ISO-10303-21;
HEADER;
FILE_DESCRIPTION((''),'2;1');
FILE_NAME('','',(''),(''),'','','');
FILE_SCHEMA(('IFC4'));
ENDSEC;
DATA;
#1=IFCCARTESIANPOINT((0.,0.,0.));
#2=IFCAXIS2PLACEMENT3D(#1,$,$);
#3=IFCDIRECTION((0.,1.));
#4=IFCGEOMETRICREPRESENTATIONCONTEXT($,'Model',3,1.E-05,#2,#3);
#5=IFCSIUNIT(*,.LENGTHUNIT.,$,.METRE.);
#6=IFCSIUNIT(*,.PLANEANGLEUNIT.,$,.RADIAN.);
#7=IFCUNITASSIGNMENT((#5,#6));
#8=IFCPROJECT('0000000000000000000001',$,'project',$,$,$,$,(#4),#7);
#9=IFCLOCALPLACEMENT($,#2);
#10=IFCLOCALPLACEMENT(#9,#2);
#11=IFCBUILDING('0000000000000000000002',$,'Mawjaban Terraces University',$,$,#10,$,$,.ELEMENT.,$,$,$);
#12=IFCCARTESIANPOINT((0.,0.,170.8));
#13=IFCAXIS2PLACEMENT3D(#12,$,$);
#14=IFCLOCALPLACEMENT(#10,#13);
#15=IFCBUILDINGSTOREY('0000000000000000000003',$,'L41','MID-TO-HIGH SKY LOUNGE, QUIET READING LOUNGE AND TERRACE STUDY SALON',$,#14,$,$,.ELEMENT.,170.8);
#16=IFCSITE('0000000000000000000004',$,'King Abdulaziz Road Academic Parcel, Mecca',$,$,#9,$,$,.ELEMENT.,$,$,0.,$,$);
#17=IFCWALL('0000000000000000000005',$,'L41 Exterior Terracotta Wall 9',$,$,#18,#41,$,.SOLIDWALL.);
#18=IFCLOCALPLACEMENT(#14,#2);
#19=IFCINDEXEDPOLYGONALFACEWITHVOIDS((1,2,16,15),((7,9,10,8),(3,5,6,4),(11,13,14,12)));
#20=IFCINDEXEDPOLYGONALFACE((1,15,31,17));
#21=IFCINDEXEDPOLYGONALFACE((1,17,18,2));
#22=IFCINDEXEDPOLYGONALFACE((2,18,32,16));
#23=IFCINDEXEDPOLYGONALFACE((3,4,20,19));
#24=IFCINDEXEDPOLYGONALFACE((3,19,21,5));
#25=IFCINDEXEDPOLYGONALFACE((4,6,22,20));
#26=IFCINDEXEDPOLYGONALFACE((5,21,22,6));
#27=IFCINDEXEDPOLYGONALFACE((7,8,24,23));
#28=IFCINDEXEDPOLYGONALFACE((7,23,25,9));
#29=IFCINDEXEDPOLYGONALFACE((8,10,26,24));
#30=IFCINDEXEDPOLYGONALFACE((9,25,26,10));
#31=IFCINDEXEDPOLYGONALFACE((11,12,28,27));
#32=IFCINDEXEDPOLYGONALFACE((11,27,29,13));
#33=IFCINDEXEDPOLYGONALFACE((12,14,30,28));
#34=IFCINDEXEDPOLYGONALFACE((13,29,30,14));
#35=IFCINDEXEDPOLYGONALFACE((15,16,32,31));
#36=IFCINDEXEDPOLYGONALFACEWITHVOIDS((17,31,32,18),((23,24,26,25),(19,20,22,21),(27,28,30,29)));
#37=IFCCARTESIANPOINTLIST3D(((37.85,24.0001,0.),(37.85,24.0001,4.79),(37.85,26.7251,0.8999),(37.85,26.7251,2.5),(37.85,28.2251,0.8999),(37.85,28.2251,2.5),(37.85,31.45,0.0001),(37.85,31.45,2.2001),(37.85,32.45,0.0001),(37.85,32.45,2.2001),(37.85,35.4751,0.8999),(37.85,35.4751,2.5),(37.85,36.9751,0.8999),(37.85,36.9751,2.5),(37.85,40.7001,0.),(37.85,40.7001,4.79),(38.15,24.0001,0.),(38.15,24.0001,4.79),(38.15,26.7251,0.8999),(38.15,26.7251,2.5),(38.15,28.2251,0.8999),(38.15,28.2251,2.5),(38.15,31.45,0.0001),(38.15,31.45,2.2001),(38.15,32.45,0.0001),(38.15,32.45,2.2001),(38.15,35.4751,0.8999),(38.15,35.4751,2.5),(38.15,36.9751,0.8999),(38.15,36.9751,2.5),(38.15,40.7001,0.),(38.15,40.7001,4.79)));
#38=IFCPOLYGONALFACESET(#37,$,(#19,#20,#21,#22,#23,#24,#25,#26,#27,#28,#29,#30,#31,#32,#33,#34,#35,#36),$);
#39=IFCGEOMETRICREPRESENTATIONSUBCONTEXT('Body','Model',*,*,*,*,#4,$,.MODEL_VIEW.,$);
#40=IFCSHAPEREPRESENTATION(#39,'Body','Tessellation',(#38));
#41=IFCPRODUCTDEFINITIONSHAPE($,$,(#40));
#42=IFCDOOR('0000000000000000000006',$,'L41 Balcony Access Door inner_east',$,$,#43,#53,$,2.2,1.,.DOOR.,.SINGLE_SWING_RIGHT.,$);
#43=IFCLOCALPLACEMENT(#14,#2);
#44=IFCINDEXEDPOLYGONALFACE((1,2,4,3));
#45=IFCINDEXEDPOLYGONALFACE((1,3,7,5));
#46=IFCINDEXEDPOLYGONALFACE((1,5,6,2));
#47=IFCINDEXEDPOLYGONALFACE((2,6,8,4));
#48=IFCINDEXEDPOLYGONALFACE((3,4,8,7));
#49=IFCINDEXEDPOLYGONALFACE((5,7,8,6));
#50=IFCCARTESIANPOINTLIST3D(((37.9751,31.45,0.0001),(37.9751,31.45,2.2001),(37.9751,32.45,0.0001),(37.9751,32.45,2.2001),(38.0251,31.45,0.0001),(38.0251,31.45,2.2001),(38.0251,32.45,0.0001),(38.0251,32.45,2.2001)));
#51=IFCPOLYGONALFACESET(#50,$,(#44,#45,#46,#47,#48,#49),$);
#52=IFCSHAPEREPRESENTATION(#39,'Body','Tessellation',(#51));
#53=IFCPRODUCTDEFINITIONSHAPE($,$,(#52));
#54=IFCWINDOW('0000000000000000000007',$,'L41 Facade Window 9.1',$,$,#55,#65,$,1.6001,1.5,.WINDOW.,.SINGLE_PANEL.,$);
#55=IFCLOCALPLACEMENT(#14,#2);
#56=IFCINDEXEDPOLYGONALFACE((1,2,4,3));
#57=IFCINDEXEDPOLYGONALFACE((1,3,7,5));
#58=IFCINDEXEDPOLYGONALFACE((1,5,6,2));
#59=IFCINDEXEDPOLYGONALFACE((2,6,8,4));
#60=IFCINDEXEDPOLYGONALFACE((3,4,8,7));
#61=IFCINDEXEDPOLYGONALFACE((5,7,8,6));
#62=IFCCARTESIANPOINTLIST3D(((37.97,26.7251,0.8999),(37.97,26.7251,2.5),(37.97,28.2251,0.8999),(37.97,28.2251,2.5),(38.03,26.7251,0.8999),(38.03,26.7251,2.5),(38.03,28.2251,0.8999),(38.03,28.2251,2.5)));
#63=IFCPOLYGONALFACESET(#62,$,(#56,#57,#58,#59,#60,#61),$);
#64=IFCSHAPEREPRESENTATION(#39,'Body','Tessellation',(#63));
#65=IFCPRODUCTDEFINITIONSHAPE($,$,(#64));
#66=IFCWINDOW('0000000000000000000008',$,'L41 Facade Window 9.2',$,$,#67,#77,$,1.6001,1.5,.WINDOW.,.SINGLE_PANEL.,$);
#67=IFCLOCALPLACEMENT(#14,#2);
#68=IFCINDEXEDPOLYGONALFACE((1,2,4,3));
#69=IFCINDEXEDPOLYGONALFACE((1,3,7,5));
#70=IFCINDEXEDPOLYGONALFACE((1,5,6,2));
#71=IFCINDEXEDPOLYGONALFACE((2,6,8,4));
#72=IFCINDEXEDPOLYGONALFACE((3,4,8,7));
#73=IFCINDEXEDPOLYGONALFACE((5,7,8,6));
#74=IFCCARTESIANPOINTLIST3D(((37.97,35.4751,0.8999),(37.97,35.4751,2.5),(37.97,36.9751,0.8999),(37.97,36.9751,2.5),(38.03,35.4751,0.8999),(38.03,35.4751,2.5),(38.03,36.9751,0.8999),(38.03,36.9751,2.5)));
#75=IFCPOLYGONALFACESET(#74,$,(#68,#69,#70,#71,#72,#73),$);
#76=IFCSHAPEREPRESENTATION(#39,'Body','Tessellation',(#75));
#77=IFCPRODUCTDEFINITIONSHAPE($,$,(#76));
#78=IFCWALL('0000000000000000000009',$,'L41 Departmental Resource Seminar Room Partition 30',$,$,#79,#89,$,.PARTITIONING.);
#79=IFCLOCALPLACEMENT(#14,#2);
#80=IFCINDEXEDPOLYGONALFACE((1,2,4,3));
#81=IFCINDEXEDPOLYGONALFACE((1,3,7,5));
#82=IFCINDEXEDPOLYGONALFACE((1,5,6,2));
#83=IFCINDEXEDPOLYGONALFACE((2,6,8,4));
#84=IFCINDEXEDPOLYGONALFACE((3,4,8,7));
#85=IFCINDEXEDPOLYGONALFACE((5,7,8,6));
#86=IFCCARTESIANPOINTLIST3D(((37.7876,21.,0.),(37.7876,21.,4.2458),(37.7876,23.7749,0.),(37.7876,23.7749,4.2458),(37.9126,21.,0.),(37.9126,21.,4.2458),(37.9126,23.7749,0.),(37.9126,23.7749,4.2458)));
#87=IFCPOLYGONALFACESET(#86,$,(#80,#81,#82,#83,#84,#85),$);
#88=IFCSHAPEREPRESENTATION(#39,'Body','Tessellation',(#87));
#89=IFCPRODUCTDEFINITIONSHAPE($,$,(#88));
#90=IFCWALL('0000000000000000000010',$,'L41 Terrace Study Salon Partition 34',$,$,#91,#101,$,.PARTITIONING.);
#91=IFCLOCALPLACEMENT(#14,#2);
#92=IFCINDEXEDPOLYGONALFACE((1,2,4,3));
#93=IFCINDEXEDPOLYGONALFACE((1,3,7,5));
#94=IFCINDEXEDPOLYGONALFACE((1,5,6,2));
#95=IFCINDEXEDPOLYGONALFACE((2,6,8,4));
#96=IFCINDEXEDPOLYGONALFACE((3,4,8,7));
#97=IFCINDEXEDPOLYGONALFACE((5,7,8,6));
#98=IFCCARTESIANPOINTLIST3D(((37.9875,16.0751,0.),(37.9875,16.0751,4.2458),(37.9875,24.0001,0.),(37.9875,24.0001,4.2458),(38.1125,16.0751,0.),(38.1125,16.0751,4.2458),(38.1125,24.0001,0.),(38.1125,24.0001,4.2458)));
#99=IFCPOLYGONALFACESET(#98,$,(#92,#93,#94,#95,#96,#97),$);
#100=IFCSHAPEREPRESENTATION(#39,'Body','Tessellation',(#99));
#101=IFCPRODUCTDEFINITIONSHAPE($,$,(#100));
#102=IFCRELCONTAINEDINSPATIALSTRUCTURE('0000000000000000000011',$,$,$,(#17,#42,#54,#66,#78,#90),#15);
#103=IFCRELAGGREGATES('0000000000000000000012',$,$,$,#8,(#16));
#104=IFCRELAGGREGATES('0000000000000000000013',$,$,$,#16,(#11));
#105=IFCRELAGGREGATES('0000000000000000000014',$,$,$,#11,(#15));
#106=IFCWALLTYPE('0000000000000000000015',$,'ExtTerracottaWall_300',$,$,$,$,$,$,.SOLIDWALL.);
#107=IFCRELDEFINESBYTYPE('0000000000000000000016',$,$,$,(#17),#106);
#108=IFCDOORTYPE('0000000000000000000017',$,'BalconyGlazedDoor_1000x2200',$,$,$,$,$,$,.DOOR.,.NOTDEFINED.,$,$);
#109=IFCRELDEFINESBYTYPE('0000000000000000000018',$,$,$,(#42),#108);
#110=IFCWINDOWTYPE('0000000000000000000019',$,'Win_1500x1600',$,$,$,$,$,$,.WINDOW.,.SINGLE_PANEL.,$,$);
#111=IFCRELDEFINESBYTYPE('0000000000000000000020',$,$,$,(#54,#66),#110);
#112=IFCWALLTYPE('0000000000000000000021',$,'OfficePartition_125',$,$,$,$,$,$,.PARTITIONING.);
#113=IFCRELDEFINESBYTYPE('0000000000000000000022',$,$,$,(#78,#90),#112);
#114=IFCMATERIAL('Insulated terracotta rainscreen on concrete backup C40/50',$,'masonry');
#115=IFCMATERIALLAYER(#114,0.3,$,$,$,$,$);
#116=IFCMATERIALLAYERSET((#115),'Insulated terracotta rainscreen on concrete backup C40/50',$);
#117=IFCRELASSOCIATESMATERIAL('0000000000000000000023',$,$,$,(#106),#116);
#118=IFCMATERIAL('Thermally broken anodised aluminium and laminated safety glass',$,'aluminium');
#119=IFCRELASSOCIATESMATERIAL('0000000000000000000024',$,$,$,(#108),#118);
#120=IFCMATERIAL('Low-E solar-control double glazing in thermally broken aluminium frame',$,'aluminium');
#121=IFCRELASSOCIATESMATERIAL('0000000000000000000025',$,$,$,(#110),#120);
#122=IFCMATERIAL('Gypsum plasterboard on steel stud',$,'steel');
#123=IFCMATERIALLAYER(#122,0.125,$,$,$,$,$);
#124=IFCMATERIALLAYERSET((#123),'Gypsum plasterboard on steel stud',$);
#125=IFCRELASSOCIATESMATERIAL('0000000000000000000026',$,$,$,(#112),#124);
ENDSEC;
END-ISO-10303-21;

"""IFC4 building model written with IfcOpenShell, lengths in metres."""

from ifc_helpers import new_model, si_unit, direction, frame, frame_2d, origin, place, context, subcontext, project, spatial, rectangle, extrude, material, layer, layer_set, type_object, element, fill, save


model = new_model("IFC4")

# Units and contexts
model_context = context("Model", 3, precision=1e-05, world=origin(), true_north=direction((0.0, 1.0)))
body_context = subcontext(model_context, "Body", "Model", "MODEL_VIEW")
ifc_project = project(units=[si_unit("LENGTHUNIT", "METRE"), si_unit("PLANEANGLEUNIT", "RADIAN")], contexts=[model_context])

# Site, building, storey
site_placement = place(None, origin())
site = spatial("IfcSite", under=ifc_project, at=site_placement, Name="King Abdulaziz Road Academic Parcel, Mecca", CompositionType="ELEMENT", RefElevation=0.0)
building_placement = place(site_placement, origin())
building = spatial("IfcBuilding", under=site, at=building_placement, Name="Mawjaban Terraces University", CompositionType="ELEMENT")
storey_placement = place(building_placement, frame((0.0, 0.0, 170.8)))
storey = spatial("IfcBuildingStorey", under=building, at=storey_placement, Name="L41", Description="MID-TO-HIGH SKY LOUNGE, QUIET READING LOUNGE AND TERRACE STUDY SALON", CompositionType="ELEMENT", Elevation=170.8)

# Wall, openings, door, windows
ifc_material_1 = material(Name="Insulated terracotta rainscreen on concrete backup C40/50", Category="masonry")
ifc_layer_1 = layer(ifc_material_1, 0.3)
ifc_layer_set_1 = layer_set([ifc_layer_1], Name="Insulated terracotta rainscreen on concrete backup C40/50")
wall_type_1 = type_object("IfcWallType", Name="ExtTerracottaWall_300", PredefinedType="SOLIDWALL", material=ifc_layer_set_1)
wall_1_placement = place(storey_placement, frame((38.0, 24.0, 0.0), z_axis=(0.0, 0.0, 1.0), x_axis=(0.0, 1.0, 0.0)))
wall_1 = element("IfcWall", 1, at=wall_1_placement, inside=storey, type_object=wall_type_1, Name="L41 Exterior Terracotta Wall 9", PredefinedType="SOLIDWALL", context=body_context, shape_type="SweptSolid", body=[
    extrude(rectangle(XDim=16.7, YDim=0.3, at=frame_2d((8.3501, 0.0))), origin(), (0.0, 0.0, 1.0), 4.79),
])
opening_1_placement = place(wall_1_placement, frame((7.45, 0.0, 0.0)))
opening_1 = element("IfcOpeningElement", 2, at=opening_1_placement, cuts=wall_1, PredefinedType="OPENING", context=body_context, shape_type="SweptSolid", body=[
    extrude(rectangle(XDim=1.0, YDim=2.2, at=frame_2d((0.5, 1.1001))), frame((0.0, 0.1599, 0.0), z_axis=(0.0, -1.0, 0.0), x_axis=(1.0, 0.0, 0.0)), (0.0, 0.0, 1.0), 0.3201),
])
opening_2_placement = place(wall_1_placement, frame((2.7251, 0.0, 0.8999)))
opening_2 = element("IfcOpeningElement", 3, at=opening_2_placement, cuts=wall_1, PredefinedType="OPENING", context=body_context, shape_type="SweptSolid", body=[
    extrude(rectangle(XDim=1.5, YDim=1.6001, at=frame_2d((0.75, 0.8))), frame((0.0, 0.1599, 0.0), z_axis=(0.0, -1.0, 0.0), x_axis=(1.0, 0.0, 0.0)), (0.0, 0.0, 1.0), 0.3201),
])
opening_3_placement = place(wall_1_placement, frame((11.4751, 0.0, 0.8999)))
opening_3 = element("IfcOpeningElement", 4, at=opening_3_placement, cuts=wall_1, PredefinedType="OPENING", context=body_context, shape_type="SweptSolid", body=[
    extrude(rectangle(XDim=1.5, YDim=1.6001, at=frame_2d((0.75, 0.8))), frame((0.0, 0.1599, 0.0), z_axis=(0.0, -1.0, 0.0), x_axis=(1.0, 0.0, 0.0)), (0.0, 0.0, 1.0), 0.3201),
])
ifc_material_2 = material(Name="Thermally broken anodised aluminium and laminated safety glass", Category="aluminium")
door_type_1 = type_object("IfcDoorType", Name="BalconyGlazedDoor_1000x2200", OperationType="NOTDEFINED", PredefinedType="DOOR", material=ifc_material_2)
door_1_placement = place(opening_1_placement, origin())
door_1 = element("IfcDoor", 5, at=door_1_placement, inside=storey, type_object=door_type_1, Name="L41 Balcony Access Door inner_east", OperationType="SINGLE_SWING_RIGHT", OverallHeight=2.2, OverallWidth=1.0, PredefinedType="DOOR", context=body_context, shape_type="SweptSolid", body=[
    extrude(rectangle(XDim=1.0, YDim=2.2, at=frame_2d((0.5, 1.1001))), frame((0.0, 0.0249, 0.0), z_axis=(0.0, -1.0, 0.0), x_axis=(1.0, 0.0, 0.0)), (0.0, 0.0, 1.0), 0.05),
])
fill(opening_1, door_1)
ifc_material_3 = material(Name="Low-E solar-control double glazing in thermally broken aluminium frame", Category="aluminium")
window_type = type_object("IfcWindowType", Name="Win_1500x1600", PartitioningType="SINGLE_PANEL", PredefinedType="WINDOW", material=ifc_material_3)
window_1_placement = place(opening_2_placement, origin())
window_1 = element("IfcWindow", 6, at=window_1_placement, inside=storey, type_object=window_type, Name="L41 Facade Window 9.1", OverallHeight=1.6001, OverallWidth=1.5, PartitioningType="SINGLE_PANEL", PredefinedType="WINDOW", context=body_context, shape_type="SweptSolid", body=[
    extrude(rectangle(XDim=1.5, YDim=1.6001, at=frame_2d((0.75, 0.8))), frame((0.0, 0.03, 0.0), z_axis=(0.0, -1.0, 0.0), x_axis=(1.0, 0.0, 0.0)), (0.0, 0.0, 1.0), 0.0601),
])
fill(opening_2, window_1)
window_2_placement = place(opening_3_placement, origin())
window_2 = element("IfcWindow", 7, at=window_2_placement, inside=storey, type_object=window_type, Name="L41 Facade Window 9.2", OverallHeight=1.6001, OverallWidth=1.5, PartitioningType="SINGLE_PANEL", PredefinedType="WINDOW", context=body_context, shape_type="SweptSolid", body=[
    extrude(rectangle(XDim=1.5, YDim=1.6001, at=frame_2d((0.75, 0.8))), frame((0.0, 0.03, 0.0), z_axis=(0.0, -1.0, 0.0), x_axis=(1.0, 0.0, 0.0)), (0.0, 0.0, 1.0), 0.0601),
])
fill(opening_3, window_2)

# Walls
ifc_material_4 = material(Name="Gypsum plasterboard on steel stud", Category="steel")
ifc_layer_2 = layer(ifc_material_4, 0.125)
ifc_layer_set_2 = layer_set([ifc_layer_2], Name="Gypsum plasterboard on steel stud")
wall_type_2 = type_object("IfcWallType", Name="OfficePartition_125", PredefinedType="PARTITIONING", material=ifc_layer_set_2)
wall_2_placement = place(storey_placement, frame((37.8501, 21.0, 0.0), z_axis=(0.0, 0.0, 1.0), x_axis=(0.0, 1.0, 0.0)))
element("IfcWall", 8, at=wall_2_placement, inside=storey, type_object=wall_type_2, Name="L41 Departmental Resource Seminar Room Partition 30", PredefinedType="PARTITIONING", context=body_context, shape_type="SweptSolid", body=[
    extrude(rectangle(XDim=2.7749, YDim=0.125, at=frame_2d((1.3875, 0.0))), origin(), (0.0, 0.0, 1.0), 4.2458),
])
wall_3_placement = place(storey_placement, frame((38.05, 24.0, 0.0), z_axis=(0.0, 0.0, 1.0), x_axis=(0.0, -1.0, 0.0)))
element("IfcWall", 9, at=wall_3_placement, inside=storey, type_object=wall_type_2, Name="L41 Terrace Study Salon Partition 34", PredefinedType="PARTITIONING", context=body_context, shape_type="SweptSolid", body=[
    extrude(rectangle(XDim=7.925, YDim=0.125, at=frame_2d((3.9624, 0.0))), origin(), (0.0, 0.0, 1.0), 4.2458),
])

save(model, "model.ifc")
